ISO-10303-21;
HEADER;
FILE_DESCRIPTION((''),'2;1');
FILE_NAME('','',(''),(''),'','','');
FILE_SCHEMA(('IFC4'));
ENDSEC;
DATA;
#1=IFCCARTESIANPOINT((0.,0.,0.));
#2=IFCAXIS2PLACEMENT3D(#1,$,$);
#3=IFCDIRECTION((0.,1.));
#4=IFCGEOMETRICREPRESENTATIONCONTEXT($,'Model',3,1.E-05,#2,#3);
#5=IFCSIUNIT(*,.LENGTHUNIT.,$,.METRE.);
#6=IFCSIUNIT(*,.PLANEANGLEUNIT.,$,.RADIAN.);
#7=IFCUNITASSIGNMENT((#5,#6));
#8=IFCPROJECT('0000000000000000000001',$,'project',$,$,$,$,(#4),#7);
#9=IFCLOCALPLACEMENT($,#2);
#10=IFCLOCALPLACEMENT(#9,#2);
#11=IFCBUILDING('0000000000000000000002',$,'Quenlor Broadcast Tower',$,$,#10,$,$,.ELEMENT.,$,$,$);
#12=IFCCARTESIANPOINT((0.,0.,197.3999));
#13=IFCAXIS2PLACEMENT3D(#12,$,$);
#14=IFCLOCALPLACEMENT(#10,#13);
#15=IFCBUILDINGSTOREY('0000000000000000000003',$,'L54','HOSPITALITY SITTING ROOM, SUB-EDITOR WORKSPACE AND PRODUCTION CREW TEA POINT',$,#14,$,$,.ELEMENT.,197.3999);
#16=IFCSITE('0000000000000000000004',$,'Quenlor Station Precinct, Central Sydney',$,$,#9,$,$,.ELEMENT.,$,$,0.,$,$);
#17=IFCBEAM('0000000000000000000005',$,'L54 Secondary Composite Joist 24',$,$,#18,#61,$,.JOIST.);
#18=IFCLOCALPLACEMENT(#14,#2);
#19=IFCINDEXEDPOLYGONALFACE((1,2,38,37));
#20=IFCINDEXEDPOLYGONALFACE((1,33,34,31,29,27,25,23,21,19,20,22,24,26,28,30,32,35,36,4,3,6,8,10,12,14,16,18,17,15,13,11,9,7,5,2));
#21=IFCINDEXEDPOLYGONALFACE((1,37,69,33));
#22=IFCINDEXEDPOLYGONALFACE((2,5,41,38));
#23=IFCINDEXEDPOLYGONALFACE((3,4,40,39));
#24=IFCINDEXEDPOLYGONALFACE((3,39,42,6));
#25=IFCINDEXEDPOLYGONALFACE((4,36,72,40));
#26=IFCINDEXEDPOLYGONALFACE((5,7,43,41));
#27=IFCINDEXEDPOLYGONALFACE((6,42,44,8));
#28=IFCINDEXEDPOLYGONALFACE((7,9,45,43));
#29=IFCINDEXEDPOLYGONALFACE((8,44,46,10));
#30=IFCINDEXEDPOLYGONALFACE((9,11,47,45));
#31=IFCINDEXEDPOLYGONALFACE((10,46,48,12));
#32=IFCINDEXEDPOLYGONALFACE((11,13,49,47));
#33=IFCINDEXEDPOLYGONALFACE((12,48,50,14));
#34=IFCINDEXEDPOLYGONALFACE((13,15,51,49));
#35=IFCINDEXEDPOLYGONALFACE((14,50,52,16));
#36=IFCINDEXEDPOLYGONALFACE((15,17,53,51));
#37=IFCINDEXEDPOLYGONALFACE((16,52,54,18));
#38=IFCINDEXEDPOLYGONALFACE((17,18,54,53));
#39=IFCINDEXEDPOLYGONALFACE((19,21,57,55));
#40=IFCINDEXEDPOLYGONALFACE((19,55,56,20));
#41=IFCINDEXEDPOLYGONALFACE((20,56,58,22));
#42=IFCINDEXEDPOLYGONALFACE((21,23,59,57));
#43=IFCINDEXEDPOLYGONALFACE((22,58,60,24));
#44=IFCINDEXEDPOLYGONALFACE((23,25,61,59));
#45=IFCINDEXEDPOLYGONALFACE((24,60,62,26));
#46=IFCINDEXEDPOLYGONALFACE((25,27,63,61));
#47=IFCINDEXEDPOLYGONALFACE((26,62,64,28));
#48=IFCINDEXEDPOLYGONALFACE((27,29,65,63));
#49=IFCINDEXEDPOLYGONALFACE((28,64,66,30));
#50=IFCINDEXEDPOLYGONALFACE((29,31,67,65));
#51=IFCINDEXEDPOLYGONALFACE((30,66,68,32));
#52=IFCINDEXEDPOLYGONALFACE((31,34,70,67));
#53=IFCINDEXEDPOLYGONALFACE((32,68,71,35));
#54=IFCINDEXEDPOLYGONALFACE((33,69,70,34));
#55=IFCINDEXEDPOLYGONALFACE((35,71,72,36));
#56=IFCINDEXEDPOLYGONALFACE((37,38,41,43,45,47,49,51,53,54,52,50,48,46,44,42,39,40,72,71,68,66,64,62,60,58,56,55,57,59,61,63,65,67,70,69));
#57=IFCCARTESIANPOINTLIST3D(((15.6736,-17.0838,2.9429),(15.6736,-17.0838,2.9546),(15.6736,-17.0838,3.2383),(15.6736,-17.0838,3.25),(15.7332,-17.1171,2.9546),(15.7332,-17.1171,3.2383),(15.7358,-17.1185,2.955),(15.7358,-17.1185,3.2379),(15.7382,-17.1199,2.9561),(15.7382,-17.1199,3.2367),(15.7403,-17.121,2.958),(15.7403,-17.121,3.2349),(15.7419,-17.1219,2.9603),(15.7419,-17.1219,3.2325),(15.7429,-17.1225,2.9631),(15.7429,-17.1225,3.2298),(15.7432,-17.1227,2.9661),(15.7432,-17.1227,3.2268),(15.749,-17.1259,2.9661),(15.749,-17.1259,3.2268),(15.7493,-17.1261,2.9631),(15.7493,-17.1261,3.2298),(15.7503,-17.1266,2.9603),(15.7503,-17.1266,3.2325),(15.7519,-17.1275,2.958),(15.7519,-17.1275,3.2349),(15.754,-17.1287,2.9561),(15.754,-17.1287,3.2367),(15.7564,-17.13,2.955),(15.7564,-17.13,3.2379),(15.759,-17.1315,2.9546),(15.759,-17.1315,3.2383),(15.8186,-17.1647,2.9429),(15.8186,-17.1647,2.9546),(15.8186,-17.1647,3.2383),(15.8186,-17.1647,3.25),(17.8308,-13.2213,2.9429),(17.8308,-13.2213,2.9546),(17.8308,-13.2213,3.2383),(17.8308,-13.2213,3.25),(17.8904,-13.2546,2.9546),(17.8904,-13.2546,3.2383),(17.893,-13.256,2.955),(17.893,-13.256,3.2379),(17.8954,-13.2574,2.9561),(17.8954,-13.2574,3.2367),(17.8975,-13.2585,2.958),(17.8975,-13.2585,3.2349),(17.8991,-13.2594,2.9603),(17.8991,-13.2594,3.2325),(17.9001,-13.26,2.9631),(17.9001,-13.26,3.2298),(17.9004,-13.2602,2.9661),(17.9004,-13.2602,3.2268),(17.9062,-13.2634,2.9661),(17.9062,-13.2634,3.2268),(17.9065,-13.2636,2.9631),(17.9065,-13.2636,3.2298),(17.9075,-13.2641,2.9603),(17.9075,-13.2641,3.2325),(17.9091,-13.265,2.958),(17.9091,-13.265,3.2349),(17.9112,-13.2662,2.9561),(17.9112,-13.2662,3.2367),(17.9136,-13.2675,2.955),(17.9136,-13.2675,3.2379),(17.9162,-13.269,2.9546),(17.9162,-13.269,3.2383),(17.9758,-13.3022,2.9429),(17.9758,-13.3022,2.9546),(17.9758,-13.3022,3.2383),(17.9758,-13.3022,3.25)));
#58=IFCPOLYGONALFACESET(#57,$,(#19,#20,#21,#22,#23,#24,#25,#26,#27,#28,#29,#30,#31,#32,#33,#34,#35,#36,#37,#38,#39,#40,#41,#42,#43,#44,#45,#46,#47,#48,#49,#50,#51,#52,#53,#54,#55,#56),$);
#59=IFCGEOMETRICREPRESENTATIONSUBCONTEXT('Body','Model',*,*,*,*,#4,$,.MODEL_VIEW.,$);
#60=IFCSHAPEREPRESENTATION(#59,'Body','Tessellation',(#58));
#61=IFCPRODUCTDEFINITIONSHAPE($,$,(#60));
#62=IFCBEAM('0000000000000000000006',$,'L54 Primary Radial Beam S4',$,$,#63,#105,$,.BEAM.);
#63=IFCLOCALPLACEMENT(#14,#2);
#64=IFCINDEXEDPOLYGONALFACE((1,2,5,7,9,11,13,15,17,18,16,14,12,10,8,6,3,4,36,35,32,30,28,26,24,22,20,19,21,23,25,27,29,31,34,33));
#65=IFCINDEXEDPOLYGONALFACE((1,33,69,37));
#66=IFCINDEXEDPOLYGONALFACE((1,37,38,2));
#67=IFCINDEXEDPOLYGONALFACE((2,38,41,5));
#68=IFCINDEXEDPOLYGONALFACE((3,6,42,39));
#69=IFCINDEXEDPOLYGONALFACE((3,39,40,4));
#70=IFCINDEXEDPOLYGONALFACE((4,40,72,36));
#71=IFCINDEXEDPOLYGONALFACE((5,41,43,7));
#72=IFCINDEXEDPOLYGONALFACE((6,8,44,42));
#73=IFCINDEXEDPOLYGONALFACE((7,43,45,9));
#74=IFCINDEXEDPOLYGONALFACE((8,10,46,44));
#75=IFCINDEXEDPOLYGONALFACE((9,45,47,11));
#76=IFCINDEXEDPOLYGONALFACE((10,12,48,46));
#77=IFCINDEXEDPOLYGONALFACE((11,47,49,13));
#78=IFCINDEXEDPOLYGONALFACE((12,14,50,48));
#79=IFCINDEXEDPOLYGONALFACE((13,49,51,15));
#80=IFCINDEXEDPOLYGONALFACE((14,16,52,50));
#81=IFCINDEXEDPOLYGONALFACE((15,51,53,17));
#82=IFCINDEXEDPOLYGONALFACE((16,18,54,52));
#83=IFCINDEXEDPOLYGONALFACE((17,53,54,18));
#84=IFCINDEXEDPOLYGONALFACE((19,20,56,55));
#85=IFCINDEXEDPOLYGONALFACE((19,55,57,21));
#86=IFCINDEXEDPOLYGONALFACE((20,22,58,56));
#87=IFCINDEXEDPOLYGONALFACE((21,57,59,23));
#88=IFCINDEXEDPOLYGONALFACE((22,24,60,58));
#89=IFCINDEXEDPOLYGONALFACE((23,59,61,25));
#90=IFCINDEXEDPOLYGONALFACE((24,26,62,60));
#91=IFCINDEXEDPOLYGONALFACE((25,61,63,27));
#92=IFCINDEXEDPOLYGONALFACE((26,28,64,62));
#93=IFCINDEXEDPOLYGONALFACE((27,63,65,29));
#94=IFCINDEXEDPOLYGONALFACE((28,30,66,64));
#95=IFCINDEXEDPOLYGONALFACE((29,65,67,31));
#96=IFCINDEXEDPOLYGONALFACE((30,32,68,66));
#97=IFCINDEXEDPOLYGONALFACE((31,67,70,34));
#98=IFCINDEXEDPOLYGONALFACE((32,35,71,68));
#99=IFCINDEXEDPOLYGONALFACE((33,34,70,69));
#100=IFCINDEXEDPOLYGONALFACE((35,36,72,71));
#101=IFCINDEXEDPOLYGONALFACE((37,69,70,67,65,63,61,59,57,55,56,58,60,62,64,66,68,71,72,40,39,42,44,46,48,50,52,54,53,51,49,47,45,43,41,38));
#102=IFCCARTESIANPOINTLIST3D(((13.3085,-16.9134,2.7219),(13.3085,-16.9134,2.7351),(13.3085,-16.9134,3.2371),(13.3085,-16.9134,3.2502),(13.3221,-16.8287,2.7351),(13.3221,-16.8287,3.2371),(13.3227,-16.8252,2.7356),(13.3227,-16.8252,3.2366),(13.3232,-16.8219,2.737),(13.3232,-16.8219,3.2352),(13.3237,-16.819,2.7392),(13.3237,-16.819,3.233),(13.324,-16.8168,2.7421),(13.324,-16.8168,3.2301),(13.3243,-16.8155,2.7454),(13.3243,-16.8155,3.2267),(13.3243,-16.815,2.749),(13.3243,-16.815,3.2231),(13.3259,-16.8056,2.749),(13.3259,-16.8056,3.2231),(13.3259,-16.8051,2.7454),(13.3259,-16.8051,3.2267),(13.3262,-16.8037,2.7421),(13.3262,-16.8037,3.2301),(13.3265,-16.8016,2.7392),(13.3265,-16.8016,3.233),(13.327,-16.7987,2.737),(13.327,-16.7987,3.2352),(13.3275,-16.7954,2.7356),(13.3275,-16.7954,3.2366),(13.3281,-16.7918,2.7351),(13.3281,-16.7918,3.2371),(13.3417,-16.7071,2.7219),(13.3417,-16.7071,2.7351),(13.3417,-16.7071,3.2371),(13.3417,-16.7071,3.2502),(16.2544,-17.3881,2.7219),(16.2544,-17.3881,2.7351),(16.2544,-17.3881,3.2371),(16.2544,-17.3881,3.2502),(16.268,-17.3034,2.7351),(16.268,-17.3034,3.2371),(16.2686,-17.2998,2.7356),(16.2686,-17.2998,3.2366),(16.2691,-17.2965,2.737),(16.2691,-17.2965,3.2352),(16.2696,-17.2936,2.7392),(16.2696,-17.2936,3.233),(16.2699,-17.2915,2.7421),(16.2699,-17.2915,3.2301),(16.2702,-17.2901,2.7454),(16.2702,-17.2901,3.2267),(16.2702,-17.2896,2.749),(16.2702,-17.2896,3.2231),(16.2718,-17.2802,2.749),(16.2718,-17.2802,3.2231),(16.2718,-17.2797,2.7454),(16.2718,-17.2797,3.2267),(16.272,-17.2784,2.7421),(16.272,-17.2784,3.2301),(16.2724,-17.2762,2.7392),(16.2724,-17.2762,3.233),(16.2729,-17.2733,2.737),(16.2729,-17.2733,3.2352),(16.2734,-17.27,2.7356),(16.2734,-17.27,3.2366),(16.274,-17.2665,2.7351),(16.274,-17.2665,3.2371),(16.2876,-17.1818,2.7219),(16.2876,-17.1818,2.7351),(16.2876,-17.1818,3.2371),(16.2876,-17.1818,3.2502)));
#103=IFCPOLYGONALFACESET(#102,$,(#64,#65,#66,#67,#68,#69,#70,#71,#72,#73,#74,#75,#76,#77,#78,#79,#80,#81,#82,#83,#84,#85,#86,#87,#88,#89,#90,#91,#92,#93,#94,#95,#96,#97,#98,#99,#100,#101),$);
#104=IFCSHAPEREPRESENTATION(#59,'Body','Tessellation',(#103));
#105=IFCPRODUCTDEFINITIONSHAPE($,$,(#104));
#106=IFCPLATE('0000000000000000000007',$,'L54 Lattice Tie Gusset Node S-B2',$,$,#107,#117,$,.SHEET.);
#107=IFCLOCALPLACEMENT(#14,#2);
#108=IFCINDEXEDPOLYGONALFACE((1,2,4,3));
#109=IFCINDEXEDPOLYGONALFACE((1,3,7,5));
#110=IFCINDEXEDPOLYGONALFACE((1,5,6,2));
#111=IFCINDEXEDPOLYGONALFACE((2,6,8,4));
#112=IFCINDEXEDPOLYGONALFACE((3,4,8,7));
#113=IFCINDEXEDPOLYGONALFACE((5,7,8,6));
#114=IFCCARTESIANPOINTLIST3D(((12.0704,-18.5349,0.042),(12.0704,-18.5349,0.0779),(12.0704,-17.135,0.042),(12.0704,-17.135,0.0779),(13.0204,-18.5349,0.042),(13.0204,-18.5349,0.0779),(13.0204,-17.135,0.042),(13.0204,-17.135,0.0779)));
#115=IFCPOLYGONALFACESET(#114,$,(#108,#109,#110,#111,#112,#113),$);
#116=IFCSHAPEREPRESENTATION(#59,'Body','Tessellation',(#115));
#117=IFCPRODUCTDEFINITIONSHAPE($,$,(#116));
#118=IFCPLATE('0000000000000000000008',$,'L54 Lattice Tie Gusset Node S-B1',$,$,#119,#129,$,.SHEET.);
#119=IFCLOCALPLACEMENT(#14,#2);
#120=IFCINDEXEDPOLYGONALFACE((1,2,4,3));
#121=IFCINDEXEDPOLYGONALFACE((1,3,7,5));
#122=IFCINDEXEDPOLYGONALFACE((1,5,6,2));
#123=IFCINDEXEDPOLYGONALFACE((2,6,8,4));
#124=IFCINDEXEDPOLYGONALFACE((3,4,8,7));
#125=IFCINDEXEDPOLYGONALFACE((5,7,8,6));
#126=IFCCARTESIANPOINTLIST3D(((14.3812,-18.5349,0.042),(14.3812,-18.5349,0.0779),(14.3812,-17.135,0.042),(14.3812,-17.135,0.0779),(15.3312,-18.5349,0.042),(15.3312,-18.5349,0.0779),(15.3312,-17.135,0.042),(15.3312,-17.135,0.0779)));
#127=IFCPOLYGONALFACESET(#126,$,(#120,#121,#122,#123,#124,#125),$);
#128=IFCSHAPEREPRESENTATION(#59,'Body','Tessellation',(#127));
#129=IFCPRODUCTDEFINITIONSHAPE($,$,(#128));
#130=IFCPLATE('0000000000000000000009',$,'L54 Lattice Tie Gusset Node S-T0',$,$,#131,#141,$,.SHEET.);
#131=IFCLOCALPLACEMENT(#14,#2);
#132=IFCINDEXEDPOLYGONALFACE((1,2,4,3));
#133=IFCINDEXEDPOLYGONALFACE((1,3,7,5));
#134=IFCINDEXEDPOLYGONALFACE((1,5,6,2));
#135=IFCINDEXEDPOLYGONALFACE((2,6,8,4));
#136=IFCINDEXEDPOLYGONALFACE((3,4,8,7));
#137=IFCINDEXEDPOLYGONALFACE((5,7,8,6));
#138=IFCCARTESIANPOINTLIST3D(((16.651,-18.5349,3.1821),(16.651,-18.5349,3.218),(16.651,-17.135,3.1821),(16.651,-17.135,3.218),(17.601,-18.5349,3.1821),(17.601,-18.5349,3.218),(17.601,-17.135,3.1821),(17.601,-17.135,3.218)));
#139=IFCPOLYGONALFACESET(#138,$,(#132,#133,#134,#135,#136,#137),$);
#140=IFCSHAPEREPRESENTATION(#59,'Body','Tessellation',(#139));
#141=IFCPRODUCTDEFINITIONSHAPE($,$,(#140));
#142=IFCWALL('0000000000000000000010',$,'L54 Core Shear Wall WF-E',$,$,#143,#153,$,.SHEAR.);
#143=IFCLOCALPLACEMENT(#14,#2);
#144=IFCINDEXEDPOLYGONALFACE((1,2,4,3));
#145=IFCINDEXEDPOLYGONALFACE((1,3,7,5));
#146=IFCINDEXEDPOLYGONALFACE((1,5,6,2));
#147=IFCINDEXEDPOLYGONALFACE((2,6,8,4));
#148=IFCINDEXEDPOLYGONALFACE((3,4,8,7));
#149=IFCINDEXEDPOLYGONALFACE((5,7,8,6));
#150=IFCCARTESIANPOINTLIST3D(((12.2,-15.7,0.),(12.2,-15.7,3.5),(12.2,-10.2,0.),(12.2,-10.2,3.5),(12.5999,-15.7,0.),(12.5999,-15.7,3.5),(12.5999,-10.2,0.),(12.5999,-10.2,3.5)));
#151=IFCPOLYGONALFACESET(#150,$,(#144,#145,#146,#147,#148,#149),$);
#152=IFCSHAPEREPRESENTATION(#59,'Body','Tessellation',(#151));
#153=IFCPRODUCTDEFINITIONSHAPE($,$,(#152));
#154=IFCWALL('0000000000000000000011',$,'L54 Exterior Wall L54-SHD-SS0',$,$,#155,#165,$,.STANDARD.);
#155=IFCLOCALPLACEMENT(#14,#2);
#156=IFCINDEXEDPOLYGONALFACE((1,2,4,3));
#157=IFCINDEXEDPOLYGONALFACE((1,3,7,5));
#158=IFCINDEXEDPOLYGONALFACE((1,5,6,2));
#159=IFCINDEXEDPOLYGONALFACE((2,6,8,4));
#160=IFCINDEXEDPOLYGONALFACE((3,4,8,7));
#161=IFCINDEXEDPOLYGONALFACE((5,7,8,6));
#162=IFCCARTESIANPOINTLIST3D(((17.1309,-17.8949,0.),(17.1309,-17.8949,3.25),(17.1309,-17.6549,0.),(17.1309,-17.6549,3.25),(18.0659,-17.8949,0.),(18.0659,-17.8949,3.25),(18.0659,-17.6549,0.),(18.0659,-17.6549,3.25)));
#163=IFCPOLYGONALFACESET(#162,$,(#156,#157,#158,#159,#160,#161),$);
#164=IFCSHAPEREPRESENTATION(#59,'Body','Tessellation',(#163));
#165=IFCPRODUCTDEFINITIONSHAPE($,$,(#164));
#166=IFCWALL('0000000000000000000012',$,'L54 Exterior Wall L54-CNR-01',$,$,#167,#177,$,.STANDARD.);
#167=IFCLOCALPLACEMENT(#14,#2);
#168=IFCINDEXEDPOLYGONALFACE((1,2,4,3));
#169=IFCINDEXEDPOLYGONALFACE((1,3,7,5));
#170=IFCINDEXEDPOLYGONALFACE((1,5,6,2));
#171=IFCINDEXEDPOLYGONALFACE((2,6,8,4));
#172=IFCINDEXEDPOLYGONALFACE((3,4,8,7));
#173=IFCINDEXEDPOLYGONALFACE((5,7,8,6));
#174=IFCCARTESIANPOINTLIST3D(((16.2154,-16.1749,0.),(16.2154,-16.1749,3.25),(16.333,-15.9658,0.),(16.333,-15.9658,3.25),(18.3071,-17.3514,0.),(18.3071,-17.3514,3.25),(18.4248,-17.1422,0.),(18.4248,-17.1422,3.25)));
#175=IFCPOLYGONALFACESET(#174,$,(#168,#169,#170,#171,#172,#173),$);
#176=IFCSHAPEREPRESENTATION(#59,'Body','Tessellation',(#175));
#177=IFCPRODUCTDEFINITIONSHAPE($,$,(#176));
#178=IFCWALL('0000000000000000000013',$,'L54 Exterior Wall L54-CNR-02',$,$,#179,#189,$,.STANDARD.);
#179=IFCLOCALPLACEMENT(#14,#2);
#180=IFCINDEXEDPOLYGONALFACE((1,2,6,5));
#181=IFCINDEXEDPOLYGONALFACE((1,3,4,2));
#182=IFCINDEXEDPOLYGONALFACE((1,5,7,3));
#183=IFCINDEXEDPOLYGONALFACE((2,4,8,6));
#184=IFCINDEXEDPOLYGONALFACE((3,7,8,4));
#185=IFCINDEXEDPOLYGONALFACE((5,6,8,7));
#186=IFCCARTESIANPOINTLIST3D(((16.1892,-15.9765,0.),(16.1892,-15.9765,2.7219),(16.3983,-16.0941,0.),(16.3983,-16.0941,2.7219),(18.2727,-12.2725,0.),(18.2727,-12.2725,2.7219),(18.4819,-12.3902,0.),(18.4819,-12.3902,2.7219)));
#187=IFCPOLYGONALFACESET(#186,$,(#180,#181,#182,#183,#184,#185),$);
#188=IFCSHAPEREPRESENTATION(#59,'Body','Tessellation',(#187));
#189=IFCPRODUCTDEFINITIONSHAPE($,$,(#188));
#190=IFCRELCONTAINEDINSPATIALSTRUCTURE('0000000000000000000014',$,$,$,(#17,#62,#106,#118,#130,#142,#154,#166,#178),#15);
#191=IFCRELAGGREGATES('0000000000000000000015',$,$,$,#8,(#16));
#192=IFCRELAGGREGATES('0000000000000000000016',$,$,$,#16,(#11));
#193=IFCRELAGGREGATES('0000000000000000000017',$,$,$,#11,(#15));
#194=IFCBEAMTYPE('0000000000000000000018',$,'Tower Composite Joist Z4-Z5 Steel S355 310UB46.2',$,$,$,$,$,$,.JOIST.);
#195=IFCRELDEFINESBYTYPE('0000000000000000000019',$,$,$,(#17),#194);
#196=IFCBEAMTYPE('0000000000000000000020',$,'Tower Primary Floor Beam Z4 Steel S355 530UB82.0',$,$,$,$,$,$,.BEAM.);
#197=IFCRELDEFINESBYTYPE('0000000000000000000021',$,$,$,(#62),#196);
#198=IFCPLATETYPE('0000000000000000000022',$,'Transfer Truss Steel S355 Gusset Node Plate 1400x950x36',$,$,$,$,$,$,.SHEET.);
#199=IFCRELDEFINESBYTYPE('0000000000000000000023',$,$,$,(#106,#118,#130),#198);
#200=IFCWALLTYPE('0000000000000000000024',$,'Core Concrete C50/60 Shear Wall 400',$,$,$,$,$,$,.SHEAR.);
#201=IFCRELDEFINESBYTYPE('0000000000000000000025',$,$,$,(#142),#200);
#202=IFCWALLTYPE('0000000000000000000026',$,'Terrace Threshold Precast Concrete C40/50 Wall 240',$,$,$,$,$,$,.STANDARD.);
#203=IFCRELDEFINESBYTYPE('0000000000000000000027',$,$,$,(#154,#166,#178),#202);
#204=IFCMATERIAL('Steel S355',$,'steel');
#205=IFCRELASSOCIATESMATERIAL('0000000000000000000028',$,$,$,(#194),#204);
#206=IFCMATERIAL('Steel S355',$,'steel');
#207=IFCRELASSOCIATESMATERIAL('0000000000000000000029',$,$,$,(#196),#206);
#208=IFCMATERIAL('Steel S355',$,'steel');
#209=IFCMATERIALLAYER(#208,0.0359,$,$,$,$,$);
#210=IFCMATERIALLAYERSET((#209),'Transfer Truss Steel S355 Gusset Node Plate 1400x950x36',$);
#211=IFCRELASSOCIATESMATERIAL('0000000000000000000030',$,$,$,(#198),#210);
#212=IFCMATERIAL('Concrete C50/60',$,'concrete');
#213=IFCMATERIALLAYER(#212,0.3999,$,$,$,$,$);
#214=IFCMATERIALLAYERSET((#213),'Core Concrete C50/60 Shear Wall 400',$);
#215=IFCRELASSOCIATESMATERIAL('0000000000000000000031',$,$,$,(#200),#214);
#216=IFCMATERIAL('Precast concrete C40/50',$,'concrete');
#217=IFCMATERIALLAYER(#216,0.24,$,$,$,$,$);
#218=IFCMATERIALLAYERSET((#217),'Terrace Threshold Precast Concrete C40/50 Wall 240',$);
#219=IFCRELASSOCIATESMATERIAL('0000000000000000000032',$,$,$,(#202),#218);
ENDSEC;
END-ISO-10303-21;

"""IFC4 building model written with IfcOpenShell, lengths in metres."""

from ifc_helpers import new_model, si_unit, direction, frame, frame_2d, origin, origin_2d, place, context, subcontext, project, spatial, rectangle, i_section, extrude, material, layer, layer_set, material_profile, profile_set, type_object, element, save


model = new_model("IFC4")

# Units and contexts
model_context = context("Model", 3, precision=1e-05, world=origin(), true_north=direction((0.0, 1.0)))
body_context = subcontext(model_context, "Body", "Model", "MODEL_VIEW")
ifc_project = project(units=[si_unit("LENGTHUNIT", "METRE"), si_unit("PLANEANGLEUNIT", "RADIAN")], contexts=[model_context])

# Site, building, storey
site_placement = place(None, origin())
site = spatial("IfcSite", under=ifc_project, at=site_placement, Name="Quenlor Station Precinct, Central Sydney", CompositionType="ELEMENT", RefElevation=0.0)
building_placement = place(site_placement, origin())
building = spatial("IfcBuilding", under=site, at=building_placement, Name="Quenlor Broadcast Tower", CompositionType="ELEMENT")
storey_placement = place(building_placement, frame((0.0, 0.0, 197.3999)))
storey = spatial("IfcBuildingStorey", under=building, at=storey_placement, Name="L54", Description="HOSPITALITY SITTING ROOM, SUB-EDITOR WORKSPACE AND PRODUCTION CREW TEA POINT", CompositionType="ELEMENT", Elevation=197.3999)

# Beams
ifc_material_1 = material(Name="Steel S355", Category="steel")
ifc_material_profile_1 = material_profile(ifc_material_1, i_section(OverallWidth=0.166, OverallDepth=0.3071, WebThickness=0.0066, FlangeThickness=0.0117, FilletRadius=0.0115, at=origin_2d()))
ifc_profile_set_1 = profile_set([ifc_material_profile_1], Name="Steel S355 310UB46.2")
beam_type_1 = type_object("IfcBeamType", Name="Tower Composite Joist Z4-Z5 Steel S355 310UB46.2", PredefinedType="JOIST", material=ifc_profile_set_1)
beam_1_placement = place(storey_placement, frame((15.7461, -17.1243, 3.0964), z_axis=(0.487605, 0.873064, 0.0), x_axis=(-0.873064, 0.487605, 0.0)))
element("IfcBeam", 1, at=beam_1_placement, inside=storey, type_object=beam_type_1, Name="L54 Secondary Composite Joist 24", PredefinedType="JOIST", context=body_context, shape_type="SweptSolid", body=[
    extrude(i_section(OverallWidth=0.166, OverallDepth=0.3071, WebThickness=0.0066, FlangeThickness=0.0117, FilletRadius=0.0115, at=origin_2d()), origin(), (0.0, 0.0, 1.0), 4.4241),
])
ifc_material_2 = material(Name="Steel S355", Category="steel")
ifc_material_profile_2 = material_profile(ifc_material_2, i_section(OverallWidth=0.209, OverallDepth=0.5283, WebThickness=0.0095, FlangeThickness=0.0132, FilletRadius=0.0139, at=origin_2d()))
ifc_profile_set_2 = profile_set([ifc_material_profile_2], Name="Steel S355 530UB82.0")
beam_type_2 = type_object("IfcBeamType", Name="Tower Primary Floor Beam Z4 Steel S355 530UB82.0", PredefinedType="BEAM", material=ifc_profile_set_2)
beam_2_placement = place(storey_placement, frame((16.271, -17.2849, 2.9861), z_axis=(-0.987268, 0.159063, 0.0), x_axis=(-0.159063, -0.987268, 0.0)))
element("IfcBeam", 2, at=beam_2_placement, inside=storey, type_object=beam_type_2, Name="L54 Primary Radial Beam S4", PredefinedType="BEAM", context=body_context, shape_type="SweptSolid", body=[
    extrude(i_section(OverallWidth=0.209, OverallDepth=0.5283, WebThickness=0.0095, FlangeThickness=0.0132, FilletRadius=0.0139, at=origin_2d()), origin(), (0.0, 0.0, 1.0), 2.9839),
])

# Plates
ifc_material_3 = material(Name="Steel S355", Category="steel")
ifc_layer_1 = layer(ifc_material_3, 0.0359)
ifc_layer_set_1 = layer_set([ifc_layer_1], Name="Transfer Truss Steel S355 Gusset Node Plate 1400x950x36")
plate_type = type_object("IfcPlateType", Name="Transfer Truss Steel S355 Gusset Node Plate 1400x950x36", PredefinedType="SHEET", material=ifc_layer_set_1)
for number, where, z_axis, x_axis, name in (
    (3, (12.5454, -17.835, 0.042), (0.0, 0.0, 1.0), (0.0, -1.0, 0.0), "L54 Lattice Tie Gusset Node S-B2"),
    (4, (14.8562, -17.835, 0.042), (0.0, 0.0, 1.0), (0.0, -1.0, 0.0), "L54 Lattice Tie Gusset Node S-B1"),
    (5, (17.126, -17.835, 3.1821), (0.0, 0.0, 1.0), (0.0, -1.0, 0.0), "L54 Lattice Tie Gusset Node S-T0"),
):
    element("IfcPlate", number, at=place(storey_placement, frame(where, z_axis=z_axis, x_axis=x_axis)), inside=storey, type_object=plate_type, Name=name, PredefinedType="SHEET", context=body_context, shape_type="SweptSolid", body=[
        extrude(rectangle(XDim=1.3999, YDim=0.95, at=origin_2d()), origin(), (0.0, 0.0, 1.0), 0.0359),
    ])

# Walls
ifc_material_4 = material(Name="Concrete C50/60", Category="concrete")
ifc_layer_2 = layer(ifc_material_4, 0.3999)
ifc_layer_set_2 = layer_set([ifc_layer_2], Name="Core Concrete C50/60 Shear Wall 400")
wall_type_1 = type_object("IfcWallType", Name="Core Concrete C50/60 Shear Wall 400", PredefinedType="SHEAR", material=ifc_layer_set_2)
wall_1_placement = place(storey_placement, frame((12.3999, -15.7, 0.0), z_axis=(0.0, 0.0, 1.0), x_axis=(0.0, 1.0, 0.0)))
element("IfcWall", 6, at=wall_1_placement, inside=storey, type_object=wall_type_1, Name="L54 Core Shear Wall WF-E", PredefinedType="SHEAR", context=body_context, shape_type="SweptSolid", body=[
    extrude(rectangle(XDim=5.5, YDim=0.3999, at=frame_2d((2.75, 0.0))), origin(), (0.0, 0.0, 1.0), 3.5),
])
ifc_material_5 = material(Name="Precast concrete C40/50", Category="concrete")
ifc_layer_3 = layer(ifc_material_5, 0.24)
ifc_layer_set_3 = layer_set([ifc_layer_3], Name="Terrace Threshold Precast Concrete C40/50 Wall 240")
wall_type_2 = type_object("IfcWallType", Name="Terrace Threshold Precast Concrete C40/50 Wall 240", PredefinedType="STANDARD", material=ifc_layer_set_3)
wall_2_placement = place(storey_placement, frame((18.0659, -17.7749, 0.0), z_axis=(0.0, 0.0, 1.0), x_axis=(-1.0, 0.0, 0.0)))
element("IfcWall", 7, at=wall_2_placement, inside=storey, type_object=wall_type_2, Name="L54 Exterior Wall L54-SHD-SS0", PredefinedType="STANDARD", context=body_context, shape_type="SweptSolid", body=[
    extrude(rectangle(XDim=0.9351, YDim=0.24, at=frame_2d((0.4675, 0.0))), origin(), (0.0, 0.0, 1.0), 3.25),
])
wall_3_placement = place(storey_placement, frame((18.366, -17.2468, 0.0), z_axis=(0.0, 0.0, 1.0), x_axis=(-0.871597, 0.490223, 0.0)))
element("IfcWall", 8, at=wall_3_placement, inside=storey, type_object=wall_type_2, Name="L54 Exterior Wall L54-CNR-01", PredefinedType="STANDARD", context=body_context, shape_type="SweptSolid", body=[
    extrude(rectangle(XDim=2.3999, YDim=0.24, at=frame_2d((1.2, 0.0))), origin(), (0.0, 0.0, 1.0), 3.25),
])
wall_4_placement = place(storey_placement, frame((16.2937, -16.0354, 0.0), z_axis=(0.0, 0.0, 1.0), x_axis=(0.490275, 0.871568, 0.0)))
element("IfcWall", 9, at=wall_4_placement, inside=storey, type_object=wall_type_2, Name="L54 Exterior Wall L54-CNR-02", PredefinedType="STANDARD", context=body_context, shape_type="SweptSolid", body=[
    extrude(rectangle(XDim=4.2498, YDim=0.24, at=frame_2d((2.125, 0.0))), origin(), (0.0, 0.0, 1.0), 2.7219),
])

save(model, "model.ifc")
